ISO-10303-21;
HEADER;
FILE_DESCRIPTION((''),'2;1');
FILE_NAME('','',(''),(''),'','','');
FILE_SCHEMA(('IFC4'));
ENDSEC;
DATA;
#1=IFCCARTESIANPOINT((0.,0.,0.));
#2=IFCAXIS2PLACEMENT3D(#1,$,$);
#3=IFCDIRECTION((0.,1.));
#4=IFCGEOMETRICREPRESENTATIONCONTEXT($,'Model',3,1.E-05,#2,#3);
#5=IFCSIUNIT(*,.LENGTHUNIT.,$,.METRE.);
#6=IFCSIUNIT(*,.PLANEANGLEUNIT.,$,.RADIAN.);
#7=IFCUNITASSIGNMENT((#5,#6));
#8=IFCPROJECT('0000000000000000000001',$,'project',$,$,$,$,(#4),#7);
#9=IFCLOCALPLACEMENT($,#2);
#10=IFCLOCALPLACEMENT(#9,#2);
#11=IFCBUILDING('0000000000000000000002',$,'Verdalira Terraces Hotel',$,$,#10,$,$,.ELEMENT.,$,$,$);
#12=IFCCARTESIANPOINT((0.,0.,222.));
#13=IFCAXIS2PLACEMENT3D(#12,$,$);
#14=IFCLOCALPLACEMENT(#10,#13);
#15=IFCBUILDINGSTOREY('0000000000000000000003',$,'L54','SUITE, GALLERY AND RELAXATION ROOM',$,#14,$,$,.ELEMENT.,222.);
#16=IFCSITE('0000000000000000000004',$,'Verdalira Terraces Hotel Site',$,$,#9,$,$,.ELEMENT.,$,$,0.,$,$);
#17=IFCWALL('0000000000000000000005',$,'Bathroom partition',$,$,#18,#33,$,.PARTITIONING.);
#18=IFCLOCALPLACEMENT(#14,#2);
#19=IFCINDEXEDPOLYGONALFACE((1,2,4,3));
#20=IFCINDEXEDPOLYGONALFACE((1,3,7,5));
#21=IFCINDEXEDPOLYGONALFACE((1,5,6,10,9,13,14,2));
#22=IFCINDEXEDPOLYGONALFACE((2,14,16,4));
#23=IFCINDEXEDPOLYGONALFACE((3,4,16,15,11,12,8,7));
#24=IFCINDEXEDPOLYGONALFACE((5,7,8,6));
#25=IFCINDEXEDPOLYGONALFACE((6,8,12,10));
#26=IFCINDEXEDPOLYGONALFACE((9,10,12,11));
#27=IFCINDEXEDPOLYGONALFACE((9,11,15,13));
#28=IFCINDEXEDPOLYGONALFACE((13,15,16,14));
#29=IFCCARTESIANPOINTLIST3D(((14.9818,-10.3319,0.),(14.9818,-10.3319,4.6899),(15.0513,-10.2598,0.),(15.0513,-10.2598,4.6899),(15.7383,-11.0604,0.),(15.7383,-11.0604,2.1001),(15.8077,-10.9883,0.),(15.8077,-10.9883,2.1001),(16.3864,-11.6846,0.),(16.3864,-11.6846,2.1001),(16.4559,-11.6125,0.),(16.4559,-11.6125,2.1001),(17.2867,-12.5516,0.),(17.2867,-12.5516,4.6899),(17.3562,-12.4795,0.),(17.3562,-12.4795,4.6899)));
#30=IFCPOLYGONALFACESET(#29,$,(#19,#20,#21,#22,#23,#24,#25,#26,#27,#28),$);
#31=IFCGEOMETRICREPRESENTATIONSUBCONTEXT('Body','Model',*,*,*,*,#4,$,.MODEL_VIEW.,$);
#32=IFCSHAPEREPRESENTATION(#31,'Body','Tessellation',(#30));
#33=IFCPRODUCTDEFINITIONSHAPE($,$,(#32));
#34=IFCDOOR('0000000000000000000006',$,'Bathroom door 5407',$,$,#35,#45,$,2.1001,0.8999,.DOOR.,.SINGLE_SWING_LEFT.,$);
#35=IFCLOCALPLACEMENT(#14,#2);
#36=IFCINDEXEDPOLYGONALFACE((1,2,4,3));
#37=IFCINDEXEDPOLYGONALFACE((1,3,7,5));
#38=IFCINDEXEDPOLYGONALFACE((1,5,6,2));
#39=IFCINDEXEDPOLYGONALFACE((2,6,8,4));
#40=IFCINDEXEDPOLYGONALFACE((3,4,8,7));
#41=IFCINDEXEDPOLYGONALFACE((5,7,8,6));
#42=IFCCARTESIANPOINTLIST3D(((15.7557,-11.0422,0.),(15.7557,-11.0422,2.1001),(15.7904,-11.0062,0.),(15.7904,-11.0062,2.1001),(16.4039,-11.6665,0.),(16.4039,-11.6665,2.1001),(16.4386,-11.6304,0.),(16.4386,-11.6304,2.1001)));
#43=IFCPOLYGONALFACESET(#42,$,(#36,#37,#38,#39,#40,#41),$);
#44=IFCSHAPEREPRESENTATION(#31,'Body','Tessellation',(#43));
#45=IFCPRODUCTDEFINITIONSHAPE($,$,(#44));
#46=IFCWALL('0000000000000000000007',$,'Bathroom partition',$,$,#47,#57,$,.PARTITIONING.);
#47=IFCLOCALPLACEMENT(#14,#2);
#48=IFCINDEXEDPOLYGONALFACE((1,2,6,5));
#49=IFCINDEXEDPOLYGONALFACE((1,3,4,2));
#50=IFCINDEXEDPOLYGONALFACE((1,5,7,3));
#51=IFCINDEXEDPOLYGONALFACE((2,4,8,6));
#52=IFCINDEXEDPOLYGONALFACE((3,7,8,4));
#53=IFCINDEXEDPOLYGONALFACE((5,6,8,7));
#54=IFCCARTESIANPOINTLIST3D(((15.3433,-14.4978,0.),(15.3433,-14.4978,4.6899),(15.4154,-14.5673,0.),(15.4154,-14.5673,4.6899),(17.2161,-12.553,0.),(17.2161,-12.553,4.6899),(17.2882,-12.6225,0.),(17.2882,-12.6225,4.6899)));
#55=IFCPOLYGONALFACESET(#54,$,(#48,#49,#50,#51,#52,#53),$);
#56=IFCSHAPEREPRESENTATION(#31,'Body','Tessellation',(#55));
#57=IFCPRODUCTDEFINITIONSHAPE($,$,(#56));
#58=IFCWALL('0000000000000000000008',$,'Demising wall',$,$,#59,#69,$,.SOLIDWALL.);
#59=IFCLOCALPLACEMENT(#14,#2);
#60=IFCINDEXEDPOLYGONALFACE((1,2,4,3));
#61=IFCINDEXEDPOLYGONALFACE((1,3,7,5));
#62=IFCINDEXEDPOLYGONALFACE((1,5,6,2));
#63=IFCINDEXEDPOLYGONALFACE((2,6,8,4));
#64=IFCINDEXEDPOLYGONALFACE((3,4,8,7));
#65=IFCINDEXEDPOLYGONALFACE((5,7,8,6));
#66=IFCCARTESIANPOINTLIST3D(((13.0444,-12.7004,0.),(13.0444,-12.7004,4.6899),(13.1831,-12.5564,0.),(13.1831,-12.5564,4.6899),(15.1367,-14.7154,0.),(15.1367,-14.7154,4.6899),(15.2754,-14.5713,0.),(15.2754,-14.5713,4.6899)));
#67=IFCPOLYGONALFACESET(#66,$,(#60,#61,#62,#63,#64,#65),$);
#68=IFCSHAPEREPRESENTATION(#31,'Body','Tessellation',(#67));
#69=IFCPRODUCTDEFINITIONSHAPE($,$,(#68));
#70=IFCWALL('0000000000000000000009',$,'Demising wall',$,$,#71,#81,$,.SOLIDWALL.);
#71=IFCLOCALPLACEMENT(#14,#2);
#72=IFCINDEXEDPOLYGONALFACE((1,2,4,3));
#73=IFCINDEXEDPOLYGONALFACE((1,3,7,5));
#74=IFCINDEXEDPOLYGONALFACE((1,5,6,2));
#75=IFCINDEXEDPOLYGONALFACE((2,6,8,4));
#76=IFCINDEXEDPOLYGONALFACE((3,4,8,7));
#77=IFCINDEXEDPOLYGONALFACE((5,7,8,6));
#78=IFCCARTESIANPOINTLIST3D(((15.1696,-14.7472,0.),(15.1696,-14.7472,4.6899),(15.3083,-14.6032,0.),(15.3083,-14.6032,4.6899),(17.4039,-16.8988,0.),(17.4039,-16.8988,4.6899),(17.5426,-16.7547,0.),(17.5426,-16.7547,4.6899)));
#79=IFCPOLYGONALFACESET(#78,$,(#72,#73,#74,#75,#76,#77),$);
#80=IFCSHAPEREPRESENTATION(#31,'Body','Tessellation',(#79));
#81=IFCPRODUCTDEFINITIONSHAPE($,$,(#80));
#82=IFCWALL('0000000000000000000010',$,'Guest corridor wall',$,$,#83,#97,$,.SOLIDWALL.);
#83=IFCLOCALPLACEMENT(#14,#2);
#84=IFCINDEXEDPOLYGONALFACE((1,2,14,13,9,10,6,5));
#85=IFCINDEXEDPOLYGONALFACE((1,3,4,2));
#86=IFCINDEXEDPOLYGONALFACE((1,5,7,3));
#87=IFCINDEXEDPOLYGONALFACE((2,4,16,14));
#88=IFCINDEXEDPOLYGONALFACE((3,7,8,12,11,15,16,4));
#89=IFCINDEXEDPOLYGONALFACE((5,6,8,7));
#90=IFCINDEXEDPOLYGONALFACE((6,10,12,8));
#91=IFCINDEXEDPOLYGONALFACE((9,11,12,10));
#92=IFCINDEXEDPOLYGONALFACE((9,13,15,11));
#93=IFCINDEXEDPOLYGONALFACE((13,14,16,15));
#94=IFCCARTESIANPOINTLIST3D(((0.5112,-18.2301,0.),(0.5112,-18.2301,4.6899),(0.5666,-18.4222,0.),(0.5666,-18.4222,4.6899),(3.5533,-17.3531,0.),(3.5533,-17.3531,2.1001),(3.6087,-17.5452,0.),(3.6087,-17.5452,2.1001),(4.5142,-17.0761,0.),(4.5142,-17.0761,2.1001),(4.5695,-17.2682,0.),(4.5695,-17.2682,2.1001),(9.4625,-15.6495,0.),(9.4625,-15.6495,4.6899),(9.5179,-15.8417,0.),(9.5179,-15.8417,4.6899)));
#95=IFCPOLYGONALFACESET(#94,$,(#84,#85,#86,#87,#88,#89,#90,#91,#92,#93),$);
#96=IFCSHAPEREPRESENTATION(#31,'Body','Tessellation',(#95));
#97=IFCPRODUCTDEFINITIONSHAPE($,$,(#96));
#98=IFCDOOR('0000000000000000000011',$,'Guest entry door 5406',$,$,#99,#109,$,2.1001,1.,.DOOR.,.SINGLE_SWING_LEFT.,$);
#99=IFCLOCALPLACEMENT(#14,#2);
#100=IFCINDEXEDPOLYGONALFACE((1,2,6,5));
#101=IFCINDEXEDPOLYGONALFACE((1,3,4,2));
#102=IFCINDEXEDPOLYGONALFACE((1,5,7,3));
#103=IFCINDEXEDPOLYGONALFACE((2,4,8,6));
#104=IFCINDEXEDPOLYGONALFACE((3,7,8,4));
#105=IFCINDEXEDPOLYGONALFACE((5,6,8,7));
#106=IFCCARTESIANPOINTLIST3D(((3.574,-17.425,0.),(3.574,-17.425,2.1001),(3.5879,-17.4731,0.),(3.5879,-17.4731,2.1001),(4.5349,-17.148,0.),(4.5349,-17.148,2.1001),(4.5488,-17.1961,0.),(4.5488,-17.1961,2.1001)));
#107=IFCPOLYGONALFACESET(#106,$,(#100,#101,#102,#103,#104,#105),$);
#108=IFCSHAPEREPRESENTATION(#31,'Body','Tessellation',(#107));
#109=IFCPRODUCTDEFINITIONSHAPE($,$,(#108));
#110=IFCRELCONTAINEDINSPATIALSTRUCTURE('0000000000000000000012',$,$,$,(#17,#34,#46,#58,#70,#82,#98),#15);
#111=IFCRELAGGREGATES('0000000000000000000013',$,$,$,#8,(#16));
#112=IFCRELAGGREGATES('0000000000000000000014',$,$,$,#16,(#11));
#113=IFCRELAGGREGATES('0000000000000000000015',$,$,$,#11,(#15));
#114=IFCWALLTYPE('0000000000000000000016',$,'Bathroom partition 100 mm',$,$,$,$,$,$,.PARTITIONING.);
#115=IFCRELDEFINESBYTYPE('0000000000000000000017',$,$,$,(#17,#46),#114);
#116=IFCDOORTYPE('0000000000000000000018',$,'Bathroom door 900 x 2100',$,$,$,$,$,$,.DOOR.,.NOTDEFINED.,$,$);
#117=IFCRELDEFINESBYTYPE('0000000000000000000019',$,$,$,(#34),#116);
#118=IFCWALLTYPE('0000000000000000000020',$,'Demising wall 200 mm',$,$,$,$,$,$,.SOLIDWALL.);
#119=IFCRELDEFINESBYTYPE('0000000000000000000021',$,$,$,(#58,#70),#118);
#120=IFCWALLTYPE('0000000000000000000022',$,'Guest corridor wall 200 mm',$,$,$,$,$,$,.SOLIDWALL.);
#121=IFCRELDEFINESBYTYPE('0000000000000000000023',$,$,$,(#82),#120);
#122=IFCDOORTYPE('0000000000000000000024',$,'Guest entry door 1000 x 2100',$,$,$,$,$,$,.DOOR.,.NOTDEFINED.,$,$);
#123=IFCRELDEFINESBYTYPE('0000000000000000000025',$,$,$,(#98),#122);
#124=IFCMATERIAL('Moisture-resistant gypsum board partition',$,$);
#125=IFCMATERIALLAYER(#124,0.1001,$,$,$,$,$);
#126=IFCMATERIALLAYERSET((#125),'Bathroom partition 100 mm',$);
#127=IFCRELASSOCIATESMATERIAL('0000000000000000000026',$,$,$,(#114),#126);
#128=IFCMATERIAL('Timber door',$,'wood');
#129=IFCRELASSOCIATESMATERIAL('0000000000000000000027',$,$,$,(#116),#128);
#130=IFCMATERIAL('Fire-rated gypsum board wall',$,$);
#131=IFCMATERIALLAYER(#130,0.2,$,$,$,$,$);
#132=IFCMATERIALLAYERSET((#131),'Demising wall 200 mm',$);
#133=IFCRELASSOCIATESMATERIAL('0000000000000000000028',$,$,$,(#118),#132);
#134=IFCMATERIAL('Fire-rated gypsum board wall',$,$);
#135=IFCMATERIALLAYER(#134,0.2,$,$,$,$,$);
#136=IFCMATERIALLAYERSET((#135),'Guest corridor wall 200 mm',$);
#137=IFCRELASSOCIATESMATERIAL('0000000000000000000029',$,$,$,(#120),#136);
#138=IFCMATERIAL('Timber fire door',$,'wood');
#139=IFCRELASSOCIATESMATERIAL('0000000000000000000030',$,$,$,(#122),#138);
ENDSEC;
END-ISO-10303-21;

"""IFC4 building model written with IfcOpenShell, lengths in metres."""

from ifc_helpers import new_model, si_unit, direction, frame, frame_2d, origin, place, context, subcontext, project, spatial, rectangle, extrude, material, layer, layer_set, type_object, element, fill, save


model = new_model("IFC4")

# Units and contexts
model_context = context("Model", 3, precision=1e-05, world=origin(), true_north=direction((0.0, 1.0)))
body_context = subcontext(model_context, "Body", "Model", "MODEL_VIEW")
ifc_project = project(units=[si_unit("LENGTHUNIT", "METRE"), si_unit("PLANEANGLEUNIT", "RADIAN")], contexts=[model_context])

# Site, building, storey
site_placement = place(None, origin())
site = spatial("IfcSite", under=ifc_project, at=site_placement, Name="Verdalira Terraces Hotel Site", CompositionType="ELEMENT", RefElevation=0.0)
building_placement = place(site_placement, origin())
building = spatial("IfcBuilding", under=site, at=building_placement, Name="Verdalira Terraces Hotel", CompositionType="ELEMENT")
storey_placement = place(building_placement, frame((0.0, 0.0, 222.0)))
storey = spatial("IfcBuildingStorey", under=building, at=storey_placement, Name="L54", Description="SUITE, GALLERY AND RELAXATION ROOM", CompositionType="ELEMENT", Elevation=222.0)

# Wall, opening, door
ifc_material_1 = material(Name="Moisture-resistant gypsum board partition")
ifc_layer_1 = layer(ifc_material_1, 0.1001)
ifc_layer_set_1 = layer_set([ifc_layer_1], Name="Bathroom partition 100 mm")
wall_type_1 = type_object("IfcWallType", Name="Bathroom partition 100 mm", PredefinedType="PARTITIONING", material=ifc_layer_set_1)
wall_1_placement = place(storey_placement, frame((17.3215, -12.5156, 0.0), z_axis=(0.0, 0.0, 1.0), x_axis=(-0.720295, 0.693668, 0.0)))
wall_1 = element("IfcWall", 1, at=wall_1_placement, inside=storey, type_object=wall_type_1, Name="Bathroom partition", PredefinedType="PARTITIONING", context=body_context, shape_type="SweptSolid", body=[
    extrude(rectangle(XDim=3.2, YDim=0.1001, at=frame_2d((1.6001, 0.0))), origin(), (0.0, 0.0, 1.0), 4.6899),
])
opening_1_placement = place(wall_1_placement, frame((1.25, 0.0, 0.0)))
opening_1 = element("IfcOpeningElement", 2, at=opening_1_placement, cuts=wall_1, PredefinedType="OPENING", context=body_context, shape_type="SweptSolid", body=[
    extrude(rectangle(XDim=0.8999, YDim=2.1001, at=frame_2d((0.45, 1.05))), frame((0.0, 0.0601, 0.0), z_axis=(0.0, -1.0, 0.0), x_axis=(1.0, 0.0, 0.0)), (0.0, 0.0, 1.0), 0.1201),
])
ifc_material_2 = material(Name="Timber door", Category="wood")
door_type_1 = type_object("IfcDoorType", Name="Bathroom door 900 x 2100", OperationType="NOTDEFINED", PredefinedType="DOOR", material=ifc_material_2)
door_1_placement = place(opening_1_placement, origin())
door_1 = element("IfcDoor", 3, at=door_1_placement, inside=storey, type_object=door_type_1, Name="Bathroom door 5407", OperationType="SINGLE_SWING_LEFT", OverallHeight=2.1001, OverallWidth=0.8999, PredefinedType="DOOR", context=body_context, shape_type="SweptSolid", body=[
    extrude(rectangle(XDim=0.8999, YDim=2.1001, at=frame_2d((0.45, 1.05))), frame((0.0, 0.0249, 0.0), z_axis=(0.0, -1.0, 0.0), x_axis=(1.0, 0.0, 0.0)), (0.0, 0.0, 1.0), 0.05),
])
fill(opening_1, door_1)

# Walls
wall_2_placement = place(storey_placement, frame((17.2522, -12.5876, 0.0), z_axis=(0.0, 0.0, 1.0), x_axis=(-0.693643, -0.720319, 0.0)))
element("IfcWall", 4, at=wall_2_placement, inside=storey, type_object=wall_type_1, Name="Bathroom partition", PredefinedType="PARTITIONING", context=body_context, shape_type="SweptSolid", body=[
    extrude(rectangle(XDim=2.7, YDim=0.1001, at=frame_2d((1.3501, 0.0))), origin(), (0.0, 0.0, 1.0), 4.6899),
])
ifc_material_3 = material(Name="Fire-rated gypsum board wall")
ifc_layer_2 = layer(ifc_material_3, 0.2)
ifc_layer_set_2 = layer_set([ifc_layer_2], Name="Demising wall 200 mm")
wall_type_2 = type_object("IfcWallType", Name="Demising wall 200 mm", PredefinedType="SOLIDWALL", material=ifc_layer_set_2)
wall_3_placement = place(storey_placement, frame((13.1138, -12.6284, 0.0), z_axis=(0.0, 0.0, 1.0), x_axis=(0.720303, -0.693659, 0.0)))
element("IfcWall", 5, at=wall_3_placement, inside=storey, type_object=wall_type_2, Name="Demising wall", PredefinedType="SOLIDWALL", context=body_context, shape_type="SweptSolid", body=[
    extrude(rectangle(XDim=2.9048, YDim=0.2, at=frame_2d((1.4524, 0.0))), origin(), (0.0, 0.0, 1.0), 4.6899),
])
wall_4_placement = place(storey_placement, frame((15.239, -14.6753, 0.0), z_axis=(0.0, 0.0, 1.0), x_axis=(0.720322, -0.69364, 0.0)))
element("IfcWall", 6, at=wall_4_placement, inside=storey, type_object=wall_type_2, Name="Demising wall", PredefinedType="SOLIDWALL", context=body_context, shape_type="SweptSolid", body=[
    extrude(rectangle(XDim=3.1018, YDim=0.2, at=frame_2d((1.5508, 0.0))), origin(), (0.0, 0.0, 1.0), 4.6899),
])

# Wall, opening, door
ifc_material_4 = material(Name="Fire-rated gypsum board wall")
ifc_layer_3 = layer(ifc_material_4, 0.2)
ifc_layer_set_3 = layer_set([ifc_layer_3], Name="Guest corridor wall 200 mm")
wall_type_3 = type_object("IfcWallType", Name="Guest corridor wall 200 mm", PredefinedType="SOLIDWALL", material=ifc_layer_set_3)
wall_5_placement = place(storey_placement, frame((9.4902, -15.7456, 0.0), z_axis=(0.0, 0.0, 1.0), x_axis=(-0.960869, -0.277005, 0.0)))
wall_5 = element("IfcWall", 7, at=wall_5_placement, inside=storey, type_object=wall_type_3, Name="Guest corridor wall", PredefinedType="SOLIDWALL", context=body_context, shape_type="SweptSolid", body=[
    extrude(rectangle(XDim=9.3159, YDim=0.2, at=frame_2d((4.658, 0.0))), origin(), (0.0, 0.0, 1.0), 4.6899),
])
opening_2_placement = place(wall_5_placement, frame((5.1499, 0.0, 0.0)))
opening_2 = element("IfcOpeningElement", 8, at=opening_2_placement, cuts=wall_5, PredefinedType="OPENING", context=body_context, shape_type="SweptSolid", body=[
    extrude(rectangle(XDim=1.0, YDim=2.1001, at=frame_2d((0.5, 1.05))), frame((0.0, 0.1099, 0.0), z_axis=(0.0, -1.0, 0.0), x_axis=(1.0, 0.0, 0.0)), (0.0, 0.0, 1.0), 0.22),
])
ifc_material_5 = material(Name="Timber fire door", Category="wood")
door_type_2 = type_object("IfcDoorType", Name="Guest entry door 1000 x 2100", OperationType="NOTDEFINED", PredefinedType="DOOR", material=ifc_material_5)
door_2_placement = place(opening_2_placement, origin())
door_2 = element("IfcDoor", 9, at=door_2_placement, inside=storey, type_object=door_type_2, Name="Guest entry door 5406", OperationType="SINGLE_SWING_LEFT", OverallHeight=2.1001, OverallWidth=1.0, PredefinedType="DOOR", context=body_context, shape_type="SweptSolid", body=[
    extrude(rectangle(XDim=1.0, YDim=2.1001, at=frame_2d((0.5, 1.05))), frame((0.0, 0.0249, 0.0), z_axis=(0.0, -1.0, 0.0), x_axis=(1.0, 0.0, 0.0)), (0.0, 0.0, 1.0), 0.05),
])
fill(opening_2, door_2)

save(model, "model.ifc")
